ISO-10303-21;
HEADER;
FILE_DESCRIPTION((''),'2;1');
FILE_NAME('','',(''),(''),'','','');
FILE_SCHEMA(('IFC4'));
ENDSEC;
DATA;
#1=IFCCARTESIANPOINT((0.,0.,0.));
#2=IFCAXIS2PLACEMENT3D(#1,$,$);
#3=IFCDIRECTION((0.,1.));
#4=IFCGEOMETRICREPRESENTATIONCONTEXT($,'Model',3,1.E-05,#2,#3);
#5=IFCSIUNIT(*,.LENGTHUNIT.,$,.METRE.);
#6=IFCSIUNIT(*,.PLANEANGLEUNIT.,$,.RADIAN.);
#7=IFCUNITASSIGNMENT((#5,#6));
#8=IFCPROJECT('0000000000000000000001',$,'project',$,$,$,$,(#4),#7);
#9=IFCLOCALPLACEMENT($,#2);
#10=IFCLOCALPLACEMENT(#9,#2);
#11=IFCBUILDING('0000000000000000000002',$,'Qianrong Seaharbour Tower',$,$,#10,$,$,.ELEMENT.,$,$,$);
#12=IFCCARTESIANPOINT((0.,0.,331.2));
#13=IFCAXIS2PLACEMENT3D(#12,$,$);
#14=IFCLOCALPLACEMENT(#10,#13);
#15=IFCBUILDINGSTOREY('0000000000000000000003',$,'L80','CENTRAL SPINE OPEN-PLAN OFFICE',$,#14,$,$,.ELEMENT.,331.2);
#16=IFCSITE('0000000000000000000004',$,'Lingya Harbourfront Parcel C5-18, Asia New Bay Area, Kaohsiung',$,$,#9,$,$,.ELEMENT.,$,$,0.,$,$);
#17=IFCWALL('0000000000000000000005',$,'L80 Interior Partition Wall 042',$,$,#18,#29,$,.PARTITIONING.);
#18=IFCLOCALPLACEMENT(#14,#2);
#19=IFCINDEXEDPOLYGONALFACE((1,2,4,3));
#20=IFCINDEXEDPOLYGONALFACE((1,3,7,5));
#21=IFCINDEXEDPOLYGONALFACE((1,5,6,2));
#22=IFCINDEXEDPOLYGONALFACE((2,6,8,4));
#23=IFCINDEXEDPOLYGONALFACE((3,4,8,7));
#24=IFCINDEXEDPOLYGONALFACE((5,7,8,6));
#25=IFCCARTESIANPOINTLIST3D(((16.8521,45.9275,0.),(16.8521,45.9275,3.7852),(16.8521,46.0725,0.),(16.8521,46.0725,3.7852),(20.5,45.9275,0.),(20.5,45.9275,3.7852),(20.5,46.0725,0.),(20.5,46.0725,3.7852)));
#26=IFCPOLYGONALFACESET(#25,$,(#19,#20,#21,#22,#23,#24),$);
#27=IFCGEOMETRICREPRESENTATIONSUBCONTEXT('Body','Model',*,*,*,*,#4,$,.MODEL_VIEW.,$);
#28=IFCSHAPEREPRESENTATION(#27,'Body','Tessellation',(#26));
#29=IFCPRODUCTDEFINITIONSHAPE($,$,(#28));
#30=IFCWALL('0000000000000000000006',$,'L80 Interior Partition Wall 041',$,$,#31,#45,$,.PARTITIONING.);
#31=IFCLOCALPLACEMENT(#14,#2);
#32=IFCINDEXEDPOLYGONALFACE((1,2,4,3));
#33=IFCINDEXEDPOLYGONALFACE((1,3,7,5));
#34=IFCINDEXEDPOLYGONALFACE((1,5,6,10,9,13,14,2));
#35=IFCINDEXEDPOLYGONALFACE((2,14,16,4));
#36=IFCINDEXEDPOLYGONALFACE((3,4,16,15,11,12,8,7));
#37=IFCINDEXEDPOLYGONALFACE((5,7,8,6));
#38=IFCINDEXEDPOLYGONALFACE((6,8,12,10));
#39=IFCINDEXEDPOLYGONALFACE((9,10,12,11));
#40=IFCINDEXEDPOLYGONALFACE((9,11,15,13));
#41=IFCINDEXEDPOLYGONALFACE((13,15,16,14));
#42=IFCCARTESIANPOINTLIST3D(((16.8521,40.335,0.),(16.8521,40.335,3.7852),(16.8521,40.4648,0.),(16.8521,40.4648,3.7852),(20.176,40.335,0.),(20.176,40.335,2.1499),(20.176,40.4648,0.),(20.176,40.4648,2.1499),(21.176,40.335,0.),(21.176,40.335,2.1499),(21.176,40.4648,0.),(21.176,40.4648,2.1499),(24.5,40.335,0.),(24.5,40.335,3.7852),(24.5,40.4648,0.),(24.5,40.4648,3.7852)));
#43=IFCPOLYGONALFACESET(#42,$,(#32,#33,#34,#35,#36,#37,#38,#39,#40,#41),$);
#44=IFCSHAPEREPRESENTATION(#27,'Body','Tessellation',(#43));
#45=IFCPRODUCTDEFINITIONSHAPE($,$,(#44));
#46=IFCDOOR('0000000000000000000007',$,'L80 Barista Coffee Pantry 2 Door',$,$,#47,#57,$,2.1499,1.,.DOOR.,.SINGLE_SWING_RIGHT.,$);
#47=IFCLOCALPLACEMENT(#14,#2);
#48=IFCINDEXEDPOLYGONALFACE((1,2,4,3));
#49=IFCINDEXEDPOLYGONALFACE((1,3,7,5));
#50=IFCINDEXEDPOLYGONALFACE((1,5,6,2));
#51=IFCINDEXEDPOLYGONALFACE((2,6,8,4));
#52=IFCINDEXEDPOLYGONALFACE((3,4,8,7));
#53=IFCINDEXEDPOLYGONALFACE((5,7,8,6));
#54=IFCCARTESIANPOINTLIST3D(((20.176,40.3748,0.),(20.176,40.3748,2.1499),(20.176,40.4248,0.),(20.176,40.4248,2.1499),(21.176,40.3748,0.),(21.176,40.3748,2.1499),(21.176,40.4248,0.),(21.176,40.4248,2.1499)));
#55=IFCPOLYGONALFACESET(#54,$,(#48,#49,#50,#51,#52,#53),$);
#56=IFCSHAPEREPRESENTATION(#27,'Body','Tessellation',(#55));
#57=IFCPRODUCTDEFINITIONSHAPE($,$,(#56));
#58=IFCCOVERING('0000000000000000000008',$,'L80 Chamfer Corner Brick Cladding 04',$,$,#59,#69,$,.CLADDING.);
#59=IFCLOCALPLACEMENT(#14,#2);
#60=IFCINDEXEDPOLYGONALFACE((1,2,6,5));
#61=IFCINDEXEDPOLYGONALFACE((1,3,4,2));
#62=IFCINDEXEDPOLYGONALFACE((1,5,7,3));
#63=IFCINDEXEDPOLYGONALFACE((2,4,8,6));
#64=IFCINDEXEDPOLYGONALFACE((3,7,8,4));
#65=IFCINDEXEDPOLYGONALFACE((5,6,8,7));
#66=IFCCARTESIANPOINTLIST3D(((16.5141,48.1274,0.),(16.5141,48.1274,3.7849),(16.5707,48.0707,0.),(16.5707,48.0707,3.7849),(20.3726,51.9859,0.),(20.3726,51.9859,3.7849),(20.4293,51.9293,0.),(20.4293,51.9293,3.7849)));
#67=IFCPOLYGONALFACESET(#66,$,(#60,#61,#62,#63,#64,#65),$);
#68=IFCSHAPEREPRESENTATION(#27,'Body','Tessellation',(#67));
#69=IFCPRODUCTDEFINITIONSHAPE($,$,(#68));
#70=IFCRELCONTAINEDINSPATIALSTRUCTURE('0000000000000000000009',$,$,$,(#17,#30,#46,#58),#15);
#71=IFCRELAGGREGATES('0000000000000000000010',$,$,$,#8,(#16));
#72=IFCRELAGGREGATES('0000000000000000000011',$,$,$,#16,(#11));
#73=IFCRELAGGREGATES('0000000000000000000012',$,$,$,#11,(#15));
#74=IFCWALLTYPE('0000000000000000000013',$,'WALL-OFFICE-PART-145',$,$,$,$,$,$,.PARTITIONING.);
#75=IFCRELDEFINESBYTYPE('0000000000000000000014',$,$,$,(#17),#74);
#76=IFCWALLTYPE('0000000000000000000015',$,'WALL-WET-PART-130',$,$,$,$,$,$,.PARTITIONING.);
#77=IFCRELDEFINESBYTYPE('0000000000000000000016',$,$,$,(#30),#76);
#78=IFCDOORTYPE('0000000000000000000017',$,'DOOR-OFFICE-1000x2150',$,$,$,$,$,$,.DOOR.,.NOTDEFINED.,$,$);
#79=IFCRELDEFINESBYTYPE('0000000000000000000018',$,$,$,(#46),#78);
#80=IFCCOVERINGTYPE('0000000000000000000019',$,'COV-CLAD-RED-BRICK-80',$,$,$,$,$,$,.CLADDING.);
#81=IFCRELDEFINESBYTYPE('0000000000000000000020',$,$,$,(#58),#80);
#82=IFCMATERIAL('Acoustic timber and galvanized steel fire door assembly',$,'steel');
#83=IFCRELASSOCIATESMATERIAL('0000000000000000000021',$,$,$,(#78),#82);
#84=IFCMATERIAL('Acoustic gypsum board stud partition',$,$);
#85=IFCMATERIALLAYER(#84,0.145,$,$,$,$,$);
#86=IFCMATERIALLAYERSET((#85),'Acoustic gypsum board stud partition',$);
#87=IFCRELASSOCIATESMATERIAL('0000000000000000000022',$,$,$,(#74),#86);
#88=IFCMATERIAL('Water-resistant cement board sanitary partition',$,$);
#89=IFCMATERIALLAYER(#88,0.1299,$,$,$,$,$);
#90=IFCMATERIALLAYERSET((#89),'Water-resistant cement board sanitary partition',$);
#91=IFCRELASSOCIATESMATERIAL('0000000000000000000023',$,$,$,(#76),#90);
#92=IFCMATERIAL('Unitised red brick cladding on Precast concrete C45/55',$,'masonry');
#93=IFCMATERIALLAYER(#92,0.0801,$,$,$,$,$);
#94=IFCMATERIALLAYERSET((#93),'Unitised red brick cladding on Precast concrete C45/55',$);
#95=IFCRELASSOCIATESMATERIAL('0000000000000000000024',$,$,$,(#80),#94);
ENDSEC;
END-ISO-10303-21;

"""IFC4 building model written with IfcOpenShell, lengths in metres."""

from ifc_helpers import new_model, si_unit, direction, frame, frame_2d, origin, origin_2d, place, context, subcontext, project, spatial, rectangle, extrude, material, layer, layer_set, type_object, element, fill, save


model = new_model("IFC4")

# Units and contexts
model_context = context("Model", 3, precision=1e-05, world=origin(), true_north=direction((0.0, 1.0)))
body_context = subcontext(model_context, "Body", "Model", "MODEL_VIEW")
ifc_project = project(units=[si_unit("LENGTHUNIT", "METRE"), si_unit("PLANEANGLEUNIT", "RADIAN")], contexts=[model_context])

# Site, building, storey
site_placement = place(None, origin())
site = spatial("IfcSite", under=ifc_project, at=site_placement, Name="Lingya Harbourfront Parcel C5-18, Asia New Bay Area, Kaohsiung", CompositionType="ELEMENT", RefElevation=0.0)
building_placement = place(site_placement, origin())
building = spatial("IfcBuilding", under=site, at=building_placement, Name="Qianrong Seaharbour Tower", CompositionType="ELEMENT")
storey_placement = place(building_placement, frame((0.0, 0.0, 331.2)))
storey = spatial("IfcBuildingStorey", under=building, at=storey_placement, Name="L80", Description="CENTRAL SPINE OPEN-PLAN OFFICE", CompositionType="ELEMENT", Elevation=331.2)

# Shared definitions
ifc_material_1 = material(Name="Acoustic timber and galvanized steel fire door assembly", Category="steel")
door_type = type_object("IfcDoorType", Name="DOOR-OFFICE-1000x2150", OperationType="NOTDEFINED", PredefinedType="DOOR", material=ifc_material_1)

# Wall
ifc_material_2 = material(Name="Acoustic gypsum board stud partition")
ifc_layer_1 = layer(ifc_material_2, 0.145)
ifc_layer_set_1 = layer_set([ifc_layer_1], Name="Acoustic gypsum board stud partition")
wall_type_1 = type_object("IfcWallType", Name="WALL-OFFICE-PART-145", PredefinedType="PARTITIONING", material=ifc_layer_set_1)
wall_1_placement = place(storey_placement, frame((16.8521, 46.0, 0.0), z_axis=(0.0, 0.0, 1.0), x_axis=(1.0, 0.0, 0.0)))
element("IfcWall", 1, at=wall_1_placement, inside=storey, type_object=wall_type_1, Name="L80 Interior Partition Wall 042", PredefinedType="PARTITIONING", context=body_context, shape_type="SweptSolid", body=[
    extrude(rectangle(XDim=3.6479, YDim=0.145, at=frame_2d((1.824, 0.0))), origin(), (0.0, 0.0, 1.0), 3.7852),
])

# Wall, opening, door
ifc_material_3 = material(Name="Water-resistant cement board sanitary partition")
ifc_layer_2 = layer(ifc_material_3, 0.1299)
ifc_layer_set_2 = layer_set([ifc_layer_2], Name="Water-resistant cement board sanitary partition")
wall_type_2 = type_object("IfcWallType", Name="WALL-WET-PART-130", PredefinedType="PARTITIONING", material=ifc_layer_set_2)
wall_2_placement = place(storey_placement, frame((16.8521, 40.3999, 0.0), z_axis=(0.0, 0.0, 1.0), x_axis=(1.0, 0.0, 0.0)))
wall_2 = element("IfcWall", 2, at=wall_2_placement, inside=storey, type_object=wall_type_2, Name="L80 Interior Partition Wall 041", PredefinedType="PARTITIONING", context=body_context, shape_type="SweptSolid", body=[
    extrude(rectangle(XDim=7.6479, YDim=0.1299, at=frame_2d((3.824, 0.0))), origin(), (0.0, 0.0, 1.0), 3.7852),
])
opening_1_placement = place(wall_2_placement, frame((3.324, 0.0, 0.0)))
opening_1 = element("IfcOpeningElement", 3, at=opening_1_placement, cuts=wall_2, PredefinedType="OPENING", context=body_context, shape_type="SweptSolid", body=[
    extrude(rectangle(XDim=1.0, YDim=2.1499, at=frame_2d((0.5, 1.075))), frame((0.0, 0.075, 0.0), z_axis=(0.0, -1.0, 0.0), x_axis=(1.0, 0.0, 0.0)), (0.0, 0.0, 1.0), 0.1499),
])
door_1_placement = place(opening_1_placement, origin())
door_1 = element("IfcDoor", 4, at=door_1_placement, inside=storey, type_object=door_type, Name="L80 Barista Coffee Pantry 2 Door", OperationType="SINGLE_SWING_RIGHT", OverallHeight=2.1499, OverallWidth=1.0, PredefinedType="DOOR", context=body_context, shape_type="SweptSolid", body=[
    extrude(rectangle(XDim=1.0, YDim=2.1499, at=frame_2d((0.5, 1.075))), frame((0.0, 0.0249, 0.0), z_axis=(0.0, -1.0, 0.0), x_axis=(1.0, 0.0, 0.0)), (0.0, 0.0, 1.0), 0.05),
])
fill(opening_1, door_1)

# Covering
ifc_material_4 = material(Name="Unitised red brick cladding on Precast concrete C45/55", Category="masonry")
ifc_layer_3 = layer(ifc_material_4, 0.0801)
ifc_layer_set_3 = layer_set([ifc_layer_3], Name="Unitised red brick cladding on Precast concrete C45/55")
covering_type = type_object("IfcCoveringType", Name="COV-CLAD-RED-BRICK-80", PredefinedType="CLADDING", material=ifc_layer_set_3)
covering_placement = place(storey_placement, frame((18.4717, 50.0283, 0.0), z_axis=(0.0, 0.0, 1.0), x_axis=(0.707107, 0.707107, 0.0)))
element("IfcCovering", 5, at=covering_placement, inside=storey, type_object=covering_type, Name="L80 Chamfer Corner Brick Cladding 04", PredefinedType="CLADDING", context=body_context, shape_type="SweptSolid", body=[
    extrude(rectangle(XDim=5.4568, YDim=0.0801, at=origin_2d()), origin(), (0.0, 0.0, 1.0), 3.7849),
])

save(model, "model.ifc")
